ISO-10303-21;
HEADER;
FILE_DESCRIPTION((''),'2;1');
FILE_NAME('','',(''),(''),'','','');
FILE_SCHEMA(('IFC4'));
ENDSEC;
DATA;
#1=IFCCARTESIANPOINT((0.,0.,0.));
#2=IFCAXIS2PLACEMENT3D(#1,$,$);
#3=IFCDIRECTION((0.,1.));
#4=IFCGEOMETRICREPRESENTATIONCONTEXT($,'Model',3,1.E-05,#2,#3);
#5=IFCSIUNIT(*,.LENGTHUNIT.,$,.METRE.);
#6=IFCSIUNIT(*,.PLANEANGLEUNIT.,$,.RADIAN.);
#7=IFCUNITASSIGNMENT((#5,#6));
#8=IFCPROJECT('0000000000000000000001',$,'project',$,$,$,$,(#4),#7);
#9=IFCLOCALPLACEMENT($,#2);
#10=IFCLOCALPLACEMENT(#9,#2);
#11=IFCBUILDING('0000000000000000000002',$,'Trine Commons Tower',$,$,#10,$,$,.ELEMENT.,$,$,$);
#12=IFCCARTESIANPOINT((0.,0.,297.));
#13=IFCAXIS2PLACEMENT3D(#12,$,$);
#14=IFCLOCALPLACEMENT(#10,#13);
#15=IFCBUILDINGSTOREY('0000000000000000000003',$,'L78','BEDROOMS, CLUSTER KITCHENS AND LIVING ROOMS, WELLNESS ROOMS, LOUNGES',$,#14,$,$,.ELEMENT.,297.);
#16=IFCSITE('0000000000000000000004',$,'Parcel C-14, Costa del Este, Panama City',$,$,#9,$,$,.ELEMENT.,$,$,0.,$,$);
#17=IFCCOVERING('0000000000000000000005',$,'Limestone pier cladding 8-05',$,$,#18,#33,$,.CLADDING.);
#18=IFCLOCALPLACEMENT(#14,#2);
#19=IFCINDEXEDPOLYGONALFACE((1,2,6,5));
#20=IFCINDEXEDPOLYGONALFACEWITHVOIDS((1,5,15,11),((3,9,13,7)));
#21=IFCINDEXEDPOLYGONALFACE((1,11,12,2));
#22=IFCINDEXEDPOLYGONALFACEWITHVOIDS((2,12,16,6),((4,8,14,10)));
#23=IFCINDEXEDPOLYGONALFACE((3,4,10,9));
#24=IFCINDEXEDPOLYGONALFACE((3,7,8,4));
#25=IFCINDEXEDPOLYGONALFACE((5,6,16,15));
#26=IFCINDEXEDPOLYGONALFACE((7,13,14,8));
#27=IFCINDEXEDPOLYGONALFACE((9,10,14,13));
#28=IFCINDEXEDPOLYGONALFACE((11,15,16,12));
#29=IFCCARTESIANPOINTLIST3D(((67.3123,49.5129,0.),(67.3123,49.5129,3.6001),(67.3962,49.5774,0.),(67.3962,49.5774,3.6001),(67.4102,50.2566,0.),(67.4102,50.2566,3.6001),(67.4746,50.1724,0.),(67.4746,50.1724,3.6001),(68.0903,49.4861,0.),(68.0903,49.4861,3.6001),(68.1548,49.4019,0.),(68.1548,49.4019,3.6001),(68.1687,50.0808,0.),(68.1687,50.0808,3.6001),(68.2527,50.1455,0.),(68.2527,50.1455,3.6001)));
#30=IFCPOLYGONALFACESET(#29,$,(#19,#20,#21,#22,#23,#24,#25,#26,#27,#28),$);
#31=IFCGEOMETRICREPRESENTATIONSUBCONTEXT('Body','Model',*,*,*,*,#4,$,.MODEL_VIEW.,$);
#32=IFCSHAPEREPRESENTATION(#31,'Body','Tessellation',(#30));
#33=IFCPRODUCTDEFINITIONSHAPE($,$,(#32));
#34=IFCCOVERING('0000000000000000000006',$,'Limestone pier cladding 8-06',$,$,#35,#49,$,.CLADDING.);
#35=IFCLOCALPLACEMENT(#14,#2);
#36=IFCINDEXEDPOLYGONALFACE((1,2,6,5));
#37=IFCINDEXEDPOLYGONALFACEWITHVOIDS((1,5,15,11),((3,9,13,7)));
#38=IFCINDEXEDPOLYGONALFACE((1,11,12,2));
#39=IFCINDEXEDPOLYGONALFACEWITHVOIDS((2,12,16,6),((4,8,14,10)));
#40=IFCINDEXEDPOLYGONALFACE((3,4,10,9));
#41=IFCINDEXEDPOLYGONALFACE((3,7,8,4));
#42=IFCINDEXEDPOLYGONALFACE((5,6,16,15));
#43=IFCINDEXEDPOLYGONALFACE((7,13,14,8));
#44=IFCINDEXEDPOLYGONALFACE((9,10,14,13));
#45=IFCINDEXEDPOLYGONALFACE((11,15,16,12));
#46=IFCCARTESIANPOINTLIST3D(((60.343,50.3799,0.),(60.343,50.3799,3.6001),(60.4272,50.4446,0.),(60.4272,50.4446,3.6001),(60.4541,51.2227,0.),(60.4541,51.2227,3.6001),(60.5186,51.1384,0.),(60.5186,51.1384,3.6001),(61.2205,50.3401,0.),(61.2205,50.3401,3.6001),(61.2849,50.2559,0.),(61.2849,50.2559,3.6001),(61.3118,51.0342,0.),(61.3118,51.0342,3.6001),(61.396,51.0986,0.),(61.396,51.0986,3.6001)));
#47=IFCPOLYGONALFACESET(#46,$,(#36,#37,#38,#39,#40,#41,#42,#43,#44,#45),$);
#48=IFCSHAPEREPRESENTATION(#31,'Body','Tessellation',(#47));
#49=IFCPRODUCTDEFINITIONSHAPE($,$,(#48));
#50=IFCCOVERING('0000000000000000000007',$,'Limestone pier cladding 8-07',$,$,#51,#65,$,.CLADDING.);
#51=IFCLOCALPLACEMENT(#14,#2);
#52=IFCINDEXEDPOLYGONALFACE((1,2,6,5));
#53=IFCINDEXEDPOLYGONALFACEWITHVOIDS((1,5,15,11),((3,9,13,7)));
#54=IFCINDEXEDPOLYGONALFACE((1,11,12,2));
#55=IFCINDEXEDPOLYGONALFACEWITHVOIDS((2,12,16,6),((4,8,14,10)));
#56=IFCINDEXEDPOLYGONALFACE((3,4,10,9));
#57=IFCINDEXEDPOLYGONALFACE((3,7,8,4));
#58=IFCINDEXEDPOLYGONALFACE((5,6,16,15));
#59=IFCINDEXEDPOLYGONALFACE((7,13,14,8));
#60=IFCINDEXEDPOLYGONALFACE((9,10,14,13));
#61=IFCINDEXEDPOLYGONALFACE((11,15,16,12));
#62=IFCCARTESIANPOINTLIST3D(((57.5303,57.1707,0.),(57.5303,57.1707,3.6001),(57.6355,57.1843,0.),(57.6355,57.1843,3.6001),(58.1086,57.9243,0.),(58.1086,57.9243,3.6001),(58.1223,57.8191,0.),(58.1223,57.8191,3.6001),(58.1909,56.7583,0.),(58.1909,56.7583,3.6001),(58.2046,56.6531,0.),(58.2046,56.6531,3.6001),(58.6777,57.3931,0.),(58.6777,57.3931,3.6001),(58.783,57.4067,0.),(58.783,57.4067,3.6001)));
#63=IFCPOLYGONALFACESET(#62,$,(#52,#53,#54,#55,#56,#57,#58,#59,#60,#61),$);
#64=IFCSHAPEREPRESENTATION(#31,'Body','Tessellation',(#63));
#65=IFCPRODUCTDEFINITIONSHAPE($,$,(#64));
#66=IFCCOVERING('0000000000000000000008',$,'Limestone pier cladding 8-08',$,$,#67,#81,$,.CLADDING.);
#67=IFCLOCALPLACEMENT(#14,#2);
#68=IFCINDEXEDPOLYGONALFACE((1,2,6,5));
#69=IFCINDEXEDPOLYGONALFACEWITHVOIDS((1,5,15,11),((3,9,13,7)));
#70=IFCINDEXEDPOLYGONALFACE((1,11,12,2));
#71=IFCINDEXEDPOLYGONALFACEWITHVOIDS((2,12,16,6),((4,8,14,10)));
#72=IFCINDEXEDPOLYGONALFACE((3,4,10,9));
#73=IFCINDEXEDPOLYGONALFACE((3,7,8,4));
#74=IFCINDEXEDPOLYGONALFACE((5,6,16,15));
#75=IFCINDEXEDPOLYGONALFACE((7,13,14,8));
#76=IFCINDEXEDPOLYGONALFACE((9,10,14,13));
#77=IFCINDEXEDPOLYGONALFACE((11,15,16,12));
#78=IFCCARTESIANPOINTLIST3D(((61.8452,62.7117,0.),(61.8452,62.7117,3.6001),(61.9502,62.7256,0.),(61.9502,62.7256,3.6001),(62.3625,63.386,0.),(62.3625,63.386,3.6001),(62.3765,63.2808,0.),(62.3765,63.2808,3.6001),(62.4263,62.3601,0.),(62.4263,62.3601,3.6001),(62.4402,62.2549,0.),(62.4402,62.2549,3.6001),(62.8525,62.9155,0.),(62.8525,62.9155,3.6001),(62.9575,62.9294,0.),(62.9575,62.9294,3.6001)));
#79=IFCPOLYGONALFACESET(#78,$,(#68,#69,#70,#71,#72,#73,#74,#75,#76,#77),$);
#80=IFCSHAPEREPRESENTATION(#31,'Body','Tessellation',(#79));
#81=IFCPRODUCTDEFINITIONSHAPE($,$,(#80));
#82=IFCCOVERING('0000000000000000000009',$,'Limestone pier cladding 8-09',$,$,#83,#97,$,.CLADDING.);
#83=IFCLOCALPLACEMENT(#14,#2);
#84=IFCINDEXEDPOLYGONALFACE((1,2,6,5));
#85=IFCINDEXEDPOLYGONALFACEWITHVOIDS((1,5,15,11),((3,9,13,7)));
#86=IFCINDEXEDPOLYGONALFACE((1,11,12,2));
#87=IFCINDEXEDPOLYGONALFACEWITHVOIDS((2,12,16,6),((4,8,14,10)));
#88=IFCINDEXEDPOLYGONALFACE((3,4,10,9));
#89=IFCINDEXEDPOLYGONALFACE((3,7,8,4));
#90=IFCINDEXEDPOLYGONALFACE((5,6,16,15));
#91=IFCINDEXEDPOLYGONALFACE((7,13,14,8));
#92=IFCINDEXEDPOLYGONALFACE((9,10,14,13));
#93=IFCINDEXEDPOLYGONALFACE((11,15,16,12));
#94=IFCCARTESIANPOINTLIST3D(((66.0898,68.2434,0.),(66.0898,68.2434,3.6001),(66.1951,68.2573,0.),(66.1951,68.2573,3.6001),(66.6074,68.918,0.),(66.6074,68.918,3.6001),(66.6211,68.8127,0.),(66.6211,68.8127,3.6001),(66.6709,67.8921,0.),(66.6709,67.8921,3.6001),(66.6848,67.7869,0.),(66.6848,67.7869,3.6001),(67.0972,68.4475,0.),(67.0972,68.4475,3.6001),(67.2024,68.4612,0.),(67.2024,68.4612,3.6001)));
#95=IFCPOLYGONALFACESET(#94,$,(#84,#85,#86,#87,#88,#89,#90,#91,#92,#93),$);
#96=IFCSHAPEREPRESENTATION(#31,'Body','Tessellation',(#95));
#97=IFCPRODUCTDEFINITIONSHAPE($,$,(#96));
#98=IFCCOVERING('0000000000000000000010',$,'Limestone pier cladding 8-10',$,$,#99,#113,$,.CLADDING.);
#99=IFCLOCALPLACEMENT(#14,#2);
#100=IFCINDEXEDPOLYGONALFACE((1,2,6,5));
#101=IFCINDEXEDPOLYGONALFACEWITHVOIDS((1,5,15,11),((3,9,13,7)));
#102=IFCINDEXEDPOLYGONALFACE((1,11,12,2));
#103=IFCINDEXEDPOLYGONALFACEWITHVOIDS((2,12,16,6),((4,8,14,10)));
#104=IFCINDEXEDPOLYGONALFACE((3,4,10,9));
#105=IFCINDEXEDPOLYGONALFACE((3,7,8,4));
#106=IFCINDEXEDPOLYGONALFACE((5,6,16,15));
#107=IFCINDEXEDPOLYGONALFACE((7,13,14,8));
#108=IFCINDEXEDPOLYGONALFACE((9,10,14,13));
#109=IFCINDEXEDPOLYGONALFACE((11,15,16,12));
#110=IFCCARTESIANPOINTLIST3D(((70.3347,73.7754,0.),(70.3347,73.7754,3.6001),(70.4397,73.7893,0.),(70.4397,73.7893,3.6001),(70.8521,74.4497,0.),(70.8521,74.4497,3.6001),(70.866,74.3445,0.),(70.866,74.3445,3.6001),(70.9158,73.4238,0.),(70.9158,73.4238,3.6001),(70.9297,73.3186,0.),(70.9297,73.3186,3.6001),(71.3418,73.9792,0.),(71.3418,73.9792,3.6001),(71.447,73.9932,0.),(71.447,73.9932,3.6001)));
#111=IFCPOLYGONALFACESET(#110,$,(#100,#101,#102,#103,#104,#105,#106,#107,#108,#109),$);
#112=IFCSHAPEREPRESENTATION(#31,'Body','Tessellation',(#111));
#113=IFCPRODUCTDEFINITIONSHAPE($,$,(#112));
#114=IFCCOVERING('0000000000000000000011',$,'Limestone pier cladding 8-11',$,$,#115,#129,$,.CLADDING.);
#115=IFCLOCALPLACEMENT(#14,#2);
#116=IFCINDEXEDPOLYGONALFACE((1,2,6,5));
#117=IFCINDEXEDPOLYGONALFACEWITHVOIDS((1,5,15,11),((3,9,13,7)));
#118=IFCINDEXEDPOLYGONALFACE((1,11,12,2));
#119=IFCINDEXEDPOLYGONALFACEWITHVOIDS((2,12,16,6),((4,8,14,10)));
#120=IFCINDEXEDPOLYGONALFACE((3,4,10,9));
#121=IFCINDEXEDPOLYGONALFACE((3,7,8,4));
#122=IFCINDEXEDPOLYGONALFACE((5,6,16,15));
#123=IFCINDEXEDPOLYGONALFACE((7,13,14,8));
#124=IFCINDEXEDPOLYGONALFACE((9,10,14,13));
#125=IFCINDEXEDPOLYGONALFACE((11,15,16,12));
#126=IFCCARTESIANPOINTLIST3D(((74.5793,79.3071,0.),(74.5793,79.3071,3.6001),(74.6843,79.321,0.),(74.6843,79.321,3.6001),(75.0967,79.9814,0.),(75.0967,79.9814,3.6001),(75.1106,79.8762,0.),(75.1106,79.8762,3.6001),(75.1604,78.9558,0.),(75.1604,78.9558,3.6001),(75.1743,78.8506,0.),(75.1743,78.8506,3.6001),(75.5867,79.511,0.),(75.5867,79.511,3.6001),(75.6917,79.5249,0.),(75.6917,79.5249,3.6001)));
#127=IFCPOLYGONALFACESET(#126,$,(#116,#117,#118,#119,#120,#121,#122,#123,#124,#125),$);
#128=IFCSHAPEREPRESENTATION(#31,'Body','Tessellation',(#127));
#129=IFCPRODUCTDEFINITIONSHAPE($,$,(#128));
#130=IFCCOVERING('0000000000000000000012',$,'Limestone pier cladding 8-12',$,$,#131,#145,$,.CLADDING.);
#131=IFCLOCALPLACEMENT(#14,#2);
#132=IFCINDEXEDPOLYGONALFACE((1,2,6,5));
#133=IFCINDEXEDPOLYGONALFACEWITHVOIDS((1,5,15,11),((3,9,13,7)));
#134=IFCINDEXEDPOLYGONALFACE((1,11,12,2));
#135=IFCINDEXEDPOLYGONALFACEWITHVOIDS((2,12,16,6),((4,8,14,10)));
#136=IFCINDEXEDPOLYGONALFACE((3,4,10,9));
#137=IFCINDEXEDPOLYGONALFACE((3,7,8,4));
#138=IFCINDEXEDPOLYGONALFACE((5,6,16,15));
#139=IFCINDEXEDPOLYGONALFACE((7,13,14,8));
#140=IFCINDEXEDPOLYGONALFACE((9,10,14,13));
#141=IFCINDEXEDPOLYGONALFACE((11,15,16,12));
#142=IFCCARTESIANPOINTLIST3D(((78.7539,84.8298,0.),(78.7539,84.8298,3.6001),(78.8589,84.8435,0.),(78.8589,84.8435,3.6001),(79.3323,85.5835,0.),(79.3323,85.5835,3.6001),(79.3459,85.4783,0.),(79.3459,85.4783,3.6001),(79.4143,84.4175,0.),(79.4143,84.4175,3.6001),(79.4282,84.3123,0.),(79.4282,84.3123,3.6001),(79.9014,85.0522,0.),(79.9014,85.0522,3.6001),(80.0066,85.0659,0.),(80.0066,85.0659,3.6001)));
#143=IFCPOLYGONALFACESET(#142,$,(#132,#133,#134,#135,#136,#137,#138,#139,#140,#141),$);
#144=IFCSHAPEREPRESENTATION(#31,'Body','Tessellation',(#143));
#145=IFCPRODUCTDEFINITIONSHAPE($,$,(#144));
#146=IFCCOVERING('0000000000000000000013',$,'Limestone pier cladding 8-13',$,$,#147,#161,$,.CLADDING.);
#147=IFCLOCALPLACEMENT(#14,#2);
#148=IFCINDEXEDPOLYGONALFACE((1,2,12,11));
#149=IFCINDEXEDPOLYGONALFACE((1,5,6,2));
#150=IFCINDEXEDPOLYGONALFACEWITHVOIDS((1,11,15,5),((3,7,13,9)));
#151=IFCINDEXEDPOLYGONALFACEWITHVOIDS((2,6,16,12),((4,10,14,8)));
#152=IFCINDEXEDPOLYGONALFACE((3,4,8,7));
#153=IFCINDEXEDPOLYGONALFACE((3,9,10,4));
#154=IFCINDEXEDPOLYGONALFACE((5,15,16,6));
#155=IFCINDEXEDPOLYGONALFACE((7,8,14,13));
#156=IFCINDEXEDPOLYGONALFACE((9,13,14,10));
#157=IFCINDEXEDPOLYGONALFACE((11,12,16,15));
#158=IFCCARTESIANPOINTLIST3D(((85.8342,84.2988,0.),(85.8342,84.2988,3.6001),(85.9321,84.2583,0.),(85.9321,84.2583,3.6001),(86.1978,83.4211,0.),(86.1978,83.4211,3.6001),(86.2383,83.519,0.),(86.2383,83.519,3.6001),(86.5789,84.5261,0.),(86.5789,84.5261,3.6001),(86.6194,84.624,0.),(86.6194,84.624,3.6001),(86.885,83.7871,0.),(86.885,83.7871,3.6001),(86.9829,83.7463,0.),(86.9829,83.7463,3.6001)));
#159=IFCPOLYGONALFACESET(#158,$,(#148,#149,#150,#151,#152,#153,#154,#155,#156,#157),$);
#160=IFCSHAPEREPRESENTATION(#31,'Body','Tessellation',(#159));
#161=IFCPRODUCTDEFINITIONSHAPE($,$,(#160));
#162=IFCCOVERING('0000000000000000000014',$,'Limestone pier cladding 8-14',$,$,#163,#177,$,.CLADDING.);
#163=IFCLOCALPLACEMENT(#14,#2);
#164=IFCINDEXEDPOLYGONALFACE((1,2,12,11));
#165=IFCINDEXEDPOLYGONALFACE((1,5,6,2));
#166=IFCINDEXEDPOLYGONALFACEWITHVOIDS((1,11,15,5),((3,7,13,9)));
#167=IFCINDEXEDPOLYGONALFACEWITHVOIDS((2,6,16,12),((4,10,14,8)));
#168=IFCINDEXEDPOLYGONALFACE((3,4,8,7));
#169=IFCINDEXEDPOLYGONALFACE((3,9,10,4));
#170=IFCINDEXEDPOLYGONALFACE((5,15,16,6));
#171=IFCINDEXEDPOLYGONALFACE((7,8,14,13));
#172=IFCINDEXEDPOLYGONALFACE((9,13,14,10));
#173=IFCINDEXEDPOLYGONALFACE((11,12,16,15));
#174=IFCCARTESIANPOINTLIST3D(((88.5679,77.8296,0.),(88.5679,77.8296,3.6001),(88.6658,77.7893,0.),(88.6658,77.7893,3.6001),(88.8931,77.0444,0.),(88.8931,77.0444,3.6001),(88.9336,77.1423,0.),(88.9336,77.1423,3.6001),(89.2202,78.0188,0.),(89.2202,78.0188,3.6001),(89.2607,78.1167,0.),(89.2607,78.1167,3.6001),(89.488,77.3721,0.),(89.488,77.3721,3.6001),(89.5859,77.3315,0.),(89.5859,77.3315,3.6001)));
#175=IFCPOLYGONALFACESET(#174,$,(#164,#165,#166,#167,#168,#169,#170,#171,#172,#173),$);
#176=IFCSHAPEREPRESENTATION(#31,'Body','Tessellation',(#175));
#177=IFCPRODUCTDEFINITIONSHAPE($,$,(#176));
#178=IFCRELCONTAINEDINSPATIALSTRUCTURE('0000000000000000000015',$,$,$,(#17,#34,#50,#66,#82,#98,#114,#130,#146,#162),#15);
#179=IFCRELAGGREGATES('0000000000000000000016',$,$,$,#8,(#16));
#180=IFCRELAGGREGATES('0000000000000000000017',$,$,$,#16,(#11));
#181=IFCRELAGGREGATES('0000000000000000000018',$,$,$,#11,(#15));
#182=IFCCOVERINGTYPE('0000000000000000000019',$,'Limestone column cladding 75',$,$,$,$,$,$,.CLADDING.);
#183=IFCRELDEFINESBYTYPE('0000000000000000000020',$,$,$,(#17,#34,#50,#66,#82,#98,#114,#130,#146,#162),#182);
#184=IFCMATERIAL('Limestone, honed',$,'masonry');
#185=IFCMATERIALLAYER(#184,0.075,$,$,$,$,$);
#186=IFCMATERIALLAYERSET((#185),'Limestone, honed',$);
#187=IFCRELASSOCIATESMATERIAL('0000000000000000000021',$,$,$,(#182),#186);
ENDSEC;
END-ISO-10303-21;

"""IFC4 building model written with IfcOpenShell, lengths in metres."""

from ifc_helpers import new_model, si_unit, direction, frame, origin, place, context, subcontext, project, spatial, polyline, outline, extrude, material, layer, layer_set, type_object, element, save


model = new_model("IFC4")

# Units and contexts
model_context = context("Model", 3, precision=1e-05, world=origin(), true_north=direction((0.0, 1.0)))
body_context = subcontext(model_context, "Body", "Model", "MODEL_VIEW")
ifc_project = project(units=[si_unit("LENGTHUNIT", "METRE"), si_unit("PLANEANGLEUNIT", "RADIAN")], contexts=[model_context])

# Site, building, storey
site_placement = place(None, origin())
site = spatial("IfcSite", under=ifc_project, at=site_placement, Name="Parcel C-14, Costa del Este, Panama City", CompositionType="ELEMENT", RefElevation=0.0)
building_placement = place(site_placement, origin())
building = spatial("IfcBuilding", under=site, at=building_placement, Name="Trine Commons Tower", CompositionType="ELEMENT")
storey_placement = place(building_placement, frame((0.0, 0.0, 297.0)))
storey = spatial("IfcBuildingStorey", under=building, at=storey_placement, Name="L78", Description="BEDROOMS, CLUSTER KITCHENS AND LIVING ROOMS, WELLNESS ROOMS, LOUNGES", CompositionType="ELEMENT", Elevation=297.0)

# Coverings
ifc_material_1 = material(Name="Limestone, honed", Category="masonry")
ifc_layer_1 = layer(ifc_material_1, 0.075)
ifc_layer_set_1 = layer_set([ifc_layer_1], Name="Limestone, honed")
covering_type_1 = type_object("IfcCoveringType", Name="Limestone column cladding 75", PredefinedType="CLADDING", material=ifc_layer_set_1)
covering_1_placement = place(storey_placement, origin())
element("IfcCovering", 1, at=covering_1_placement, inside=storey, type_object=covering_type_1, Name="Limestone pier cladding 8-05", PredefinedType="CLADDING", context=body_context, shape_type="SweptSolid", body=[
    extrude(outline(polyline([(67.4102, 50.2566), (67.3123, 49.5129), (68.1548, 49.4019), (68.2527, 50.1455), (67.4102, 50.2566)]), holes=[polyline([(67.4746, 50.1724), (67.3962, 49.5774), (68.0903, 49.4861), (68.1687, 50.0808), (67.4746, 50.1724)])]), origin(), (0.0, 0.0, 1.0), 3.6001),
])
covering_2_placement = place(storey_placement, origin())
element("IfcCovering", 2, at=covering_2_placement, inside=storey, type_object=covering_type_1, Name="Limestone pier cladding 8-06", PredefinedType="CLADDING", context=body_context, shape_type="SweptSolid", body=[
    extrude(outline(polyline([(60.4541, 51.2227), (60.343, 50.3799), (61.2849, 50.2559), (61.396, 51.0986), (60.4541, 51.2227)]), holes=[polyline([(60.5186, 51.1384), (60.4272, 50.4446), (61.2205, 50.3401), (61.3118, 51.0342), (60.5186, 51.1384)])]), origin(), (0.0, 0.0, 1.0), 3.6001),
])
covering_3_placement = place(storey_placement, origin())
element("IfcCovering", 3, at=covering_3_placement, inside=storey, type_object=covering_type_1, Name="Limestone pier cladding 8-07", PredefinedType="CLADDING", context=body_context, shape_type="SweptSolid", body=[
    extrude(outline(polyline([(58.783, 57.4067), (58.1086, 57.9243), (57.5303, 57.1707), (58.2046, 56.6531), (58.783, 57.4067)]), holes=[polyline([(58.6777, 57.3931), (58.1223, 57.8191), (57.6355, 57.1843), (58.1909, 56.7583), (58.6777, 57.3931)])]), origin(), (0.0, 0.0, 1.0), 3.6001),
])
covering_4_placement = place(storey_placement, origin())
element("IfcCovering", 4, at=covering_4_placement, inside=storey, type_object=covering_type_1, Name="Limestone pier cladding 8-08", PredefinedType="CLADDING", context=body_context, shape_type="SweptSolid", body=[
    extrude(outline(polyline([(62.9575, 62.9294), (62.3625, 63.386), (61.8452, 62.7117), (62.4402, 62.2549), (62.9575, 62.9294)]), holes=[polyline([(62.8525, 62.9155), (62.3765, 63.2808), (61.9502, 62.7256), (62.4263, 62.3601), (62.8525, 62.9155)])]), origin(), (0.0, 0.0, 1.0), 3.6001),
])
covering_5_placement = place(storey_placement, origin())
element("IfcCovering", 5, at=covering_5_placement, inside=storey, type_object=covering_type_1, Name="Limestone pier cladding 8-09", PredefinedType="CLADDING", context=body_context, shape_type="SweptSolid", body=[
    extrude(outline(polyline([(67.2024, 68.4612), (66.6074, 68.918), (66.0898, 68.2434), (66.6848, 67.7869), (67.2024, 68.4612)]), holes=[polyline([(67.0972, 68.4475), (66.6211, 68.8127), (66.1951, 68.2573), (66.6709, 67.8921), (67.0972, 68.4475)])]), origin(), (0.0, 0.0, 1.0), 3.6001),
])
covering_6_placement = place(storey_placement, origin())
element("IfcCovering", 6, at=covering_6_placement, inside=storey, type_object=covering_type_1, Name="Limestone pier cladding 8-10", PredefinedType="CLADDING", context=body_context, shape_type="SweptSolid", body=[
    extrude(outline(polyline([(71.447, 73.9932), (70.8521, 74.4497), (70.3347, 73.7754), (70.9297, 73.3186), (71.447, 73.9932)]), holes=[polyline([(71.3418, 73.9792), (70.866, 74.3445), (70.4397, 73.7893), (70.9158, 73.4238), (71.3418, 73.9792)])]), origin(), (0.0, 0.0, 1.0), 3.6001),
])
covering_7_placement = place(storey_placement, origin())
element("IfcCovering", 7, at=covering_7_placement, inside=storey, type_object=covering_type_1, Name="Limestone pier cladding 8-11", PredefinedType="CLADDING", context=body_context, shape_type="SweptSolid", body=[
    extrude(outline(polyline([(75.6917, 79.5249), (75.0967, 79.9814), (74.5793, 79.3071), (75.1743, 78.8506), (75.6917, 79.5249)]), holes=[polyline([(75.5867, 79.511), (75.1106, 79.8762), (74.6843, 79.321), (75.1604, 78.9558), (75.5867, 79.511)])]), origin(), (0.0, 0.0, 1.0), 3.6001),
])
covering_8_placement = place(storey_placement, origin())
element("IfcCovering", 8, at=covering_8_placement, inside=storey, type_object=covering_type_1, Name="Limestone pier cladding 8-12", PredefinedType="CLADDING", context=body_context, shape_type="SweptSolid", body=[
    extrude(outline(polyline([(80.0066, 85.0659), (79.3323, 85.5835), (78.7539, 84.8298), (79.4282, 84.3123), (80.0066, 85.0659)]), holes=[polyline([(79.9014, 85.0522), (79.3459, 85.4783), (78.8589, 84.8435), (79.4143, 84.4175), (79.9014, 85.0522)])]), origin(), (0.0, 0.0, 1.0), 3.6001),
])
covering_9_placement = place(storey_placement, origin())
element("IfcCovering", 9, at=covering_9_placement, inside=storey, type_object=covering_type_1, Name="Limestone pier cladding 8-13", PredefinedType="CLADDING", context=body_context, shape_type="SweptSolid", body=[
    extrude(outline(polyline([(86.6194, 84.624), (85.8342, 84.2988), (86.1978, 83.4211), (86.9829, 83.7463), (86.6194, 84.624)]), holes=[polyline([(86.5789, 84.5261), (85.9321, 84.2583), (86.2383, 83.519), (86.885, 83.7871), (86.5789, 84.5261)])]), origin(), (0.0, 0.0, 1.0), 3.6001),
])
covering_10_placement = place(storey_placement, origin())
element("IfcCovering", 10, at=covering_10_placement, inside=storey, type_object=covering_type_1, Name="Limestone pier cladding 8-14", PredefinedType="CLADDING", context=body_context, shape_type="SweptSolid", body=[
    extrude(outline(polyline([(89.2607, 78.1167), (88.5679, 77.8296), (88.8931, 77.0444), (89.5859, 77.3315), (89.2607, 78.1167)]), holes=[polyline([(89.2202, 78.0188), (88.6658, 77.7893), (88.9336, 77.1423), (89.488, 77.3721), (89.2202, 78.0188)])]), origin(), (0.0, 0.0, 1.0), 3.6001),
])

save(model, "model.ifc")
